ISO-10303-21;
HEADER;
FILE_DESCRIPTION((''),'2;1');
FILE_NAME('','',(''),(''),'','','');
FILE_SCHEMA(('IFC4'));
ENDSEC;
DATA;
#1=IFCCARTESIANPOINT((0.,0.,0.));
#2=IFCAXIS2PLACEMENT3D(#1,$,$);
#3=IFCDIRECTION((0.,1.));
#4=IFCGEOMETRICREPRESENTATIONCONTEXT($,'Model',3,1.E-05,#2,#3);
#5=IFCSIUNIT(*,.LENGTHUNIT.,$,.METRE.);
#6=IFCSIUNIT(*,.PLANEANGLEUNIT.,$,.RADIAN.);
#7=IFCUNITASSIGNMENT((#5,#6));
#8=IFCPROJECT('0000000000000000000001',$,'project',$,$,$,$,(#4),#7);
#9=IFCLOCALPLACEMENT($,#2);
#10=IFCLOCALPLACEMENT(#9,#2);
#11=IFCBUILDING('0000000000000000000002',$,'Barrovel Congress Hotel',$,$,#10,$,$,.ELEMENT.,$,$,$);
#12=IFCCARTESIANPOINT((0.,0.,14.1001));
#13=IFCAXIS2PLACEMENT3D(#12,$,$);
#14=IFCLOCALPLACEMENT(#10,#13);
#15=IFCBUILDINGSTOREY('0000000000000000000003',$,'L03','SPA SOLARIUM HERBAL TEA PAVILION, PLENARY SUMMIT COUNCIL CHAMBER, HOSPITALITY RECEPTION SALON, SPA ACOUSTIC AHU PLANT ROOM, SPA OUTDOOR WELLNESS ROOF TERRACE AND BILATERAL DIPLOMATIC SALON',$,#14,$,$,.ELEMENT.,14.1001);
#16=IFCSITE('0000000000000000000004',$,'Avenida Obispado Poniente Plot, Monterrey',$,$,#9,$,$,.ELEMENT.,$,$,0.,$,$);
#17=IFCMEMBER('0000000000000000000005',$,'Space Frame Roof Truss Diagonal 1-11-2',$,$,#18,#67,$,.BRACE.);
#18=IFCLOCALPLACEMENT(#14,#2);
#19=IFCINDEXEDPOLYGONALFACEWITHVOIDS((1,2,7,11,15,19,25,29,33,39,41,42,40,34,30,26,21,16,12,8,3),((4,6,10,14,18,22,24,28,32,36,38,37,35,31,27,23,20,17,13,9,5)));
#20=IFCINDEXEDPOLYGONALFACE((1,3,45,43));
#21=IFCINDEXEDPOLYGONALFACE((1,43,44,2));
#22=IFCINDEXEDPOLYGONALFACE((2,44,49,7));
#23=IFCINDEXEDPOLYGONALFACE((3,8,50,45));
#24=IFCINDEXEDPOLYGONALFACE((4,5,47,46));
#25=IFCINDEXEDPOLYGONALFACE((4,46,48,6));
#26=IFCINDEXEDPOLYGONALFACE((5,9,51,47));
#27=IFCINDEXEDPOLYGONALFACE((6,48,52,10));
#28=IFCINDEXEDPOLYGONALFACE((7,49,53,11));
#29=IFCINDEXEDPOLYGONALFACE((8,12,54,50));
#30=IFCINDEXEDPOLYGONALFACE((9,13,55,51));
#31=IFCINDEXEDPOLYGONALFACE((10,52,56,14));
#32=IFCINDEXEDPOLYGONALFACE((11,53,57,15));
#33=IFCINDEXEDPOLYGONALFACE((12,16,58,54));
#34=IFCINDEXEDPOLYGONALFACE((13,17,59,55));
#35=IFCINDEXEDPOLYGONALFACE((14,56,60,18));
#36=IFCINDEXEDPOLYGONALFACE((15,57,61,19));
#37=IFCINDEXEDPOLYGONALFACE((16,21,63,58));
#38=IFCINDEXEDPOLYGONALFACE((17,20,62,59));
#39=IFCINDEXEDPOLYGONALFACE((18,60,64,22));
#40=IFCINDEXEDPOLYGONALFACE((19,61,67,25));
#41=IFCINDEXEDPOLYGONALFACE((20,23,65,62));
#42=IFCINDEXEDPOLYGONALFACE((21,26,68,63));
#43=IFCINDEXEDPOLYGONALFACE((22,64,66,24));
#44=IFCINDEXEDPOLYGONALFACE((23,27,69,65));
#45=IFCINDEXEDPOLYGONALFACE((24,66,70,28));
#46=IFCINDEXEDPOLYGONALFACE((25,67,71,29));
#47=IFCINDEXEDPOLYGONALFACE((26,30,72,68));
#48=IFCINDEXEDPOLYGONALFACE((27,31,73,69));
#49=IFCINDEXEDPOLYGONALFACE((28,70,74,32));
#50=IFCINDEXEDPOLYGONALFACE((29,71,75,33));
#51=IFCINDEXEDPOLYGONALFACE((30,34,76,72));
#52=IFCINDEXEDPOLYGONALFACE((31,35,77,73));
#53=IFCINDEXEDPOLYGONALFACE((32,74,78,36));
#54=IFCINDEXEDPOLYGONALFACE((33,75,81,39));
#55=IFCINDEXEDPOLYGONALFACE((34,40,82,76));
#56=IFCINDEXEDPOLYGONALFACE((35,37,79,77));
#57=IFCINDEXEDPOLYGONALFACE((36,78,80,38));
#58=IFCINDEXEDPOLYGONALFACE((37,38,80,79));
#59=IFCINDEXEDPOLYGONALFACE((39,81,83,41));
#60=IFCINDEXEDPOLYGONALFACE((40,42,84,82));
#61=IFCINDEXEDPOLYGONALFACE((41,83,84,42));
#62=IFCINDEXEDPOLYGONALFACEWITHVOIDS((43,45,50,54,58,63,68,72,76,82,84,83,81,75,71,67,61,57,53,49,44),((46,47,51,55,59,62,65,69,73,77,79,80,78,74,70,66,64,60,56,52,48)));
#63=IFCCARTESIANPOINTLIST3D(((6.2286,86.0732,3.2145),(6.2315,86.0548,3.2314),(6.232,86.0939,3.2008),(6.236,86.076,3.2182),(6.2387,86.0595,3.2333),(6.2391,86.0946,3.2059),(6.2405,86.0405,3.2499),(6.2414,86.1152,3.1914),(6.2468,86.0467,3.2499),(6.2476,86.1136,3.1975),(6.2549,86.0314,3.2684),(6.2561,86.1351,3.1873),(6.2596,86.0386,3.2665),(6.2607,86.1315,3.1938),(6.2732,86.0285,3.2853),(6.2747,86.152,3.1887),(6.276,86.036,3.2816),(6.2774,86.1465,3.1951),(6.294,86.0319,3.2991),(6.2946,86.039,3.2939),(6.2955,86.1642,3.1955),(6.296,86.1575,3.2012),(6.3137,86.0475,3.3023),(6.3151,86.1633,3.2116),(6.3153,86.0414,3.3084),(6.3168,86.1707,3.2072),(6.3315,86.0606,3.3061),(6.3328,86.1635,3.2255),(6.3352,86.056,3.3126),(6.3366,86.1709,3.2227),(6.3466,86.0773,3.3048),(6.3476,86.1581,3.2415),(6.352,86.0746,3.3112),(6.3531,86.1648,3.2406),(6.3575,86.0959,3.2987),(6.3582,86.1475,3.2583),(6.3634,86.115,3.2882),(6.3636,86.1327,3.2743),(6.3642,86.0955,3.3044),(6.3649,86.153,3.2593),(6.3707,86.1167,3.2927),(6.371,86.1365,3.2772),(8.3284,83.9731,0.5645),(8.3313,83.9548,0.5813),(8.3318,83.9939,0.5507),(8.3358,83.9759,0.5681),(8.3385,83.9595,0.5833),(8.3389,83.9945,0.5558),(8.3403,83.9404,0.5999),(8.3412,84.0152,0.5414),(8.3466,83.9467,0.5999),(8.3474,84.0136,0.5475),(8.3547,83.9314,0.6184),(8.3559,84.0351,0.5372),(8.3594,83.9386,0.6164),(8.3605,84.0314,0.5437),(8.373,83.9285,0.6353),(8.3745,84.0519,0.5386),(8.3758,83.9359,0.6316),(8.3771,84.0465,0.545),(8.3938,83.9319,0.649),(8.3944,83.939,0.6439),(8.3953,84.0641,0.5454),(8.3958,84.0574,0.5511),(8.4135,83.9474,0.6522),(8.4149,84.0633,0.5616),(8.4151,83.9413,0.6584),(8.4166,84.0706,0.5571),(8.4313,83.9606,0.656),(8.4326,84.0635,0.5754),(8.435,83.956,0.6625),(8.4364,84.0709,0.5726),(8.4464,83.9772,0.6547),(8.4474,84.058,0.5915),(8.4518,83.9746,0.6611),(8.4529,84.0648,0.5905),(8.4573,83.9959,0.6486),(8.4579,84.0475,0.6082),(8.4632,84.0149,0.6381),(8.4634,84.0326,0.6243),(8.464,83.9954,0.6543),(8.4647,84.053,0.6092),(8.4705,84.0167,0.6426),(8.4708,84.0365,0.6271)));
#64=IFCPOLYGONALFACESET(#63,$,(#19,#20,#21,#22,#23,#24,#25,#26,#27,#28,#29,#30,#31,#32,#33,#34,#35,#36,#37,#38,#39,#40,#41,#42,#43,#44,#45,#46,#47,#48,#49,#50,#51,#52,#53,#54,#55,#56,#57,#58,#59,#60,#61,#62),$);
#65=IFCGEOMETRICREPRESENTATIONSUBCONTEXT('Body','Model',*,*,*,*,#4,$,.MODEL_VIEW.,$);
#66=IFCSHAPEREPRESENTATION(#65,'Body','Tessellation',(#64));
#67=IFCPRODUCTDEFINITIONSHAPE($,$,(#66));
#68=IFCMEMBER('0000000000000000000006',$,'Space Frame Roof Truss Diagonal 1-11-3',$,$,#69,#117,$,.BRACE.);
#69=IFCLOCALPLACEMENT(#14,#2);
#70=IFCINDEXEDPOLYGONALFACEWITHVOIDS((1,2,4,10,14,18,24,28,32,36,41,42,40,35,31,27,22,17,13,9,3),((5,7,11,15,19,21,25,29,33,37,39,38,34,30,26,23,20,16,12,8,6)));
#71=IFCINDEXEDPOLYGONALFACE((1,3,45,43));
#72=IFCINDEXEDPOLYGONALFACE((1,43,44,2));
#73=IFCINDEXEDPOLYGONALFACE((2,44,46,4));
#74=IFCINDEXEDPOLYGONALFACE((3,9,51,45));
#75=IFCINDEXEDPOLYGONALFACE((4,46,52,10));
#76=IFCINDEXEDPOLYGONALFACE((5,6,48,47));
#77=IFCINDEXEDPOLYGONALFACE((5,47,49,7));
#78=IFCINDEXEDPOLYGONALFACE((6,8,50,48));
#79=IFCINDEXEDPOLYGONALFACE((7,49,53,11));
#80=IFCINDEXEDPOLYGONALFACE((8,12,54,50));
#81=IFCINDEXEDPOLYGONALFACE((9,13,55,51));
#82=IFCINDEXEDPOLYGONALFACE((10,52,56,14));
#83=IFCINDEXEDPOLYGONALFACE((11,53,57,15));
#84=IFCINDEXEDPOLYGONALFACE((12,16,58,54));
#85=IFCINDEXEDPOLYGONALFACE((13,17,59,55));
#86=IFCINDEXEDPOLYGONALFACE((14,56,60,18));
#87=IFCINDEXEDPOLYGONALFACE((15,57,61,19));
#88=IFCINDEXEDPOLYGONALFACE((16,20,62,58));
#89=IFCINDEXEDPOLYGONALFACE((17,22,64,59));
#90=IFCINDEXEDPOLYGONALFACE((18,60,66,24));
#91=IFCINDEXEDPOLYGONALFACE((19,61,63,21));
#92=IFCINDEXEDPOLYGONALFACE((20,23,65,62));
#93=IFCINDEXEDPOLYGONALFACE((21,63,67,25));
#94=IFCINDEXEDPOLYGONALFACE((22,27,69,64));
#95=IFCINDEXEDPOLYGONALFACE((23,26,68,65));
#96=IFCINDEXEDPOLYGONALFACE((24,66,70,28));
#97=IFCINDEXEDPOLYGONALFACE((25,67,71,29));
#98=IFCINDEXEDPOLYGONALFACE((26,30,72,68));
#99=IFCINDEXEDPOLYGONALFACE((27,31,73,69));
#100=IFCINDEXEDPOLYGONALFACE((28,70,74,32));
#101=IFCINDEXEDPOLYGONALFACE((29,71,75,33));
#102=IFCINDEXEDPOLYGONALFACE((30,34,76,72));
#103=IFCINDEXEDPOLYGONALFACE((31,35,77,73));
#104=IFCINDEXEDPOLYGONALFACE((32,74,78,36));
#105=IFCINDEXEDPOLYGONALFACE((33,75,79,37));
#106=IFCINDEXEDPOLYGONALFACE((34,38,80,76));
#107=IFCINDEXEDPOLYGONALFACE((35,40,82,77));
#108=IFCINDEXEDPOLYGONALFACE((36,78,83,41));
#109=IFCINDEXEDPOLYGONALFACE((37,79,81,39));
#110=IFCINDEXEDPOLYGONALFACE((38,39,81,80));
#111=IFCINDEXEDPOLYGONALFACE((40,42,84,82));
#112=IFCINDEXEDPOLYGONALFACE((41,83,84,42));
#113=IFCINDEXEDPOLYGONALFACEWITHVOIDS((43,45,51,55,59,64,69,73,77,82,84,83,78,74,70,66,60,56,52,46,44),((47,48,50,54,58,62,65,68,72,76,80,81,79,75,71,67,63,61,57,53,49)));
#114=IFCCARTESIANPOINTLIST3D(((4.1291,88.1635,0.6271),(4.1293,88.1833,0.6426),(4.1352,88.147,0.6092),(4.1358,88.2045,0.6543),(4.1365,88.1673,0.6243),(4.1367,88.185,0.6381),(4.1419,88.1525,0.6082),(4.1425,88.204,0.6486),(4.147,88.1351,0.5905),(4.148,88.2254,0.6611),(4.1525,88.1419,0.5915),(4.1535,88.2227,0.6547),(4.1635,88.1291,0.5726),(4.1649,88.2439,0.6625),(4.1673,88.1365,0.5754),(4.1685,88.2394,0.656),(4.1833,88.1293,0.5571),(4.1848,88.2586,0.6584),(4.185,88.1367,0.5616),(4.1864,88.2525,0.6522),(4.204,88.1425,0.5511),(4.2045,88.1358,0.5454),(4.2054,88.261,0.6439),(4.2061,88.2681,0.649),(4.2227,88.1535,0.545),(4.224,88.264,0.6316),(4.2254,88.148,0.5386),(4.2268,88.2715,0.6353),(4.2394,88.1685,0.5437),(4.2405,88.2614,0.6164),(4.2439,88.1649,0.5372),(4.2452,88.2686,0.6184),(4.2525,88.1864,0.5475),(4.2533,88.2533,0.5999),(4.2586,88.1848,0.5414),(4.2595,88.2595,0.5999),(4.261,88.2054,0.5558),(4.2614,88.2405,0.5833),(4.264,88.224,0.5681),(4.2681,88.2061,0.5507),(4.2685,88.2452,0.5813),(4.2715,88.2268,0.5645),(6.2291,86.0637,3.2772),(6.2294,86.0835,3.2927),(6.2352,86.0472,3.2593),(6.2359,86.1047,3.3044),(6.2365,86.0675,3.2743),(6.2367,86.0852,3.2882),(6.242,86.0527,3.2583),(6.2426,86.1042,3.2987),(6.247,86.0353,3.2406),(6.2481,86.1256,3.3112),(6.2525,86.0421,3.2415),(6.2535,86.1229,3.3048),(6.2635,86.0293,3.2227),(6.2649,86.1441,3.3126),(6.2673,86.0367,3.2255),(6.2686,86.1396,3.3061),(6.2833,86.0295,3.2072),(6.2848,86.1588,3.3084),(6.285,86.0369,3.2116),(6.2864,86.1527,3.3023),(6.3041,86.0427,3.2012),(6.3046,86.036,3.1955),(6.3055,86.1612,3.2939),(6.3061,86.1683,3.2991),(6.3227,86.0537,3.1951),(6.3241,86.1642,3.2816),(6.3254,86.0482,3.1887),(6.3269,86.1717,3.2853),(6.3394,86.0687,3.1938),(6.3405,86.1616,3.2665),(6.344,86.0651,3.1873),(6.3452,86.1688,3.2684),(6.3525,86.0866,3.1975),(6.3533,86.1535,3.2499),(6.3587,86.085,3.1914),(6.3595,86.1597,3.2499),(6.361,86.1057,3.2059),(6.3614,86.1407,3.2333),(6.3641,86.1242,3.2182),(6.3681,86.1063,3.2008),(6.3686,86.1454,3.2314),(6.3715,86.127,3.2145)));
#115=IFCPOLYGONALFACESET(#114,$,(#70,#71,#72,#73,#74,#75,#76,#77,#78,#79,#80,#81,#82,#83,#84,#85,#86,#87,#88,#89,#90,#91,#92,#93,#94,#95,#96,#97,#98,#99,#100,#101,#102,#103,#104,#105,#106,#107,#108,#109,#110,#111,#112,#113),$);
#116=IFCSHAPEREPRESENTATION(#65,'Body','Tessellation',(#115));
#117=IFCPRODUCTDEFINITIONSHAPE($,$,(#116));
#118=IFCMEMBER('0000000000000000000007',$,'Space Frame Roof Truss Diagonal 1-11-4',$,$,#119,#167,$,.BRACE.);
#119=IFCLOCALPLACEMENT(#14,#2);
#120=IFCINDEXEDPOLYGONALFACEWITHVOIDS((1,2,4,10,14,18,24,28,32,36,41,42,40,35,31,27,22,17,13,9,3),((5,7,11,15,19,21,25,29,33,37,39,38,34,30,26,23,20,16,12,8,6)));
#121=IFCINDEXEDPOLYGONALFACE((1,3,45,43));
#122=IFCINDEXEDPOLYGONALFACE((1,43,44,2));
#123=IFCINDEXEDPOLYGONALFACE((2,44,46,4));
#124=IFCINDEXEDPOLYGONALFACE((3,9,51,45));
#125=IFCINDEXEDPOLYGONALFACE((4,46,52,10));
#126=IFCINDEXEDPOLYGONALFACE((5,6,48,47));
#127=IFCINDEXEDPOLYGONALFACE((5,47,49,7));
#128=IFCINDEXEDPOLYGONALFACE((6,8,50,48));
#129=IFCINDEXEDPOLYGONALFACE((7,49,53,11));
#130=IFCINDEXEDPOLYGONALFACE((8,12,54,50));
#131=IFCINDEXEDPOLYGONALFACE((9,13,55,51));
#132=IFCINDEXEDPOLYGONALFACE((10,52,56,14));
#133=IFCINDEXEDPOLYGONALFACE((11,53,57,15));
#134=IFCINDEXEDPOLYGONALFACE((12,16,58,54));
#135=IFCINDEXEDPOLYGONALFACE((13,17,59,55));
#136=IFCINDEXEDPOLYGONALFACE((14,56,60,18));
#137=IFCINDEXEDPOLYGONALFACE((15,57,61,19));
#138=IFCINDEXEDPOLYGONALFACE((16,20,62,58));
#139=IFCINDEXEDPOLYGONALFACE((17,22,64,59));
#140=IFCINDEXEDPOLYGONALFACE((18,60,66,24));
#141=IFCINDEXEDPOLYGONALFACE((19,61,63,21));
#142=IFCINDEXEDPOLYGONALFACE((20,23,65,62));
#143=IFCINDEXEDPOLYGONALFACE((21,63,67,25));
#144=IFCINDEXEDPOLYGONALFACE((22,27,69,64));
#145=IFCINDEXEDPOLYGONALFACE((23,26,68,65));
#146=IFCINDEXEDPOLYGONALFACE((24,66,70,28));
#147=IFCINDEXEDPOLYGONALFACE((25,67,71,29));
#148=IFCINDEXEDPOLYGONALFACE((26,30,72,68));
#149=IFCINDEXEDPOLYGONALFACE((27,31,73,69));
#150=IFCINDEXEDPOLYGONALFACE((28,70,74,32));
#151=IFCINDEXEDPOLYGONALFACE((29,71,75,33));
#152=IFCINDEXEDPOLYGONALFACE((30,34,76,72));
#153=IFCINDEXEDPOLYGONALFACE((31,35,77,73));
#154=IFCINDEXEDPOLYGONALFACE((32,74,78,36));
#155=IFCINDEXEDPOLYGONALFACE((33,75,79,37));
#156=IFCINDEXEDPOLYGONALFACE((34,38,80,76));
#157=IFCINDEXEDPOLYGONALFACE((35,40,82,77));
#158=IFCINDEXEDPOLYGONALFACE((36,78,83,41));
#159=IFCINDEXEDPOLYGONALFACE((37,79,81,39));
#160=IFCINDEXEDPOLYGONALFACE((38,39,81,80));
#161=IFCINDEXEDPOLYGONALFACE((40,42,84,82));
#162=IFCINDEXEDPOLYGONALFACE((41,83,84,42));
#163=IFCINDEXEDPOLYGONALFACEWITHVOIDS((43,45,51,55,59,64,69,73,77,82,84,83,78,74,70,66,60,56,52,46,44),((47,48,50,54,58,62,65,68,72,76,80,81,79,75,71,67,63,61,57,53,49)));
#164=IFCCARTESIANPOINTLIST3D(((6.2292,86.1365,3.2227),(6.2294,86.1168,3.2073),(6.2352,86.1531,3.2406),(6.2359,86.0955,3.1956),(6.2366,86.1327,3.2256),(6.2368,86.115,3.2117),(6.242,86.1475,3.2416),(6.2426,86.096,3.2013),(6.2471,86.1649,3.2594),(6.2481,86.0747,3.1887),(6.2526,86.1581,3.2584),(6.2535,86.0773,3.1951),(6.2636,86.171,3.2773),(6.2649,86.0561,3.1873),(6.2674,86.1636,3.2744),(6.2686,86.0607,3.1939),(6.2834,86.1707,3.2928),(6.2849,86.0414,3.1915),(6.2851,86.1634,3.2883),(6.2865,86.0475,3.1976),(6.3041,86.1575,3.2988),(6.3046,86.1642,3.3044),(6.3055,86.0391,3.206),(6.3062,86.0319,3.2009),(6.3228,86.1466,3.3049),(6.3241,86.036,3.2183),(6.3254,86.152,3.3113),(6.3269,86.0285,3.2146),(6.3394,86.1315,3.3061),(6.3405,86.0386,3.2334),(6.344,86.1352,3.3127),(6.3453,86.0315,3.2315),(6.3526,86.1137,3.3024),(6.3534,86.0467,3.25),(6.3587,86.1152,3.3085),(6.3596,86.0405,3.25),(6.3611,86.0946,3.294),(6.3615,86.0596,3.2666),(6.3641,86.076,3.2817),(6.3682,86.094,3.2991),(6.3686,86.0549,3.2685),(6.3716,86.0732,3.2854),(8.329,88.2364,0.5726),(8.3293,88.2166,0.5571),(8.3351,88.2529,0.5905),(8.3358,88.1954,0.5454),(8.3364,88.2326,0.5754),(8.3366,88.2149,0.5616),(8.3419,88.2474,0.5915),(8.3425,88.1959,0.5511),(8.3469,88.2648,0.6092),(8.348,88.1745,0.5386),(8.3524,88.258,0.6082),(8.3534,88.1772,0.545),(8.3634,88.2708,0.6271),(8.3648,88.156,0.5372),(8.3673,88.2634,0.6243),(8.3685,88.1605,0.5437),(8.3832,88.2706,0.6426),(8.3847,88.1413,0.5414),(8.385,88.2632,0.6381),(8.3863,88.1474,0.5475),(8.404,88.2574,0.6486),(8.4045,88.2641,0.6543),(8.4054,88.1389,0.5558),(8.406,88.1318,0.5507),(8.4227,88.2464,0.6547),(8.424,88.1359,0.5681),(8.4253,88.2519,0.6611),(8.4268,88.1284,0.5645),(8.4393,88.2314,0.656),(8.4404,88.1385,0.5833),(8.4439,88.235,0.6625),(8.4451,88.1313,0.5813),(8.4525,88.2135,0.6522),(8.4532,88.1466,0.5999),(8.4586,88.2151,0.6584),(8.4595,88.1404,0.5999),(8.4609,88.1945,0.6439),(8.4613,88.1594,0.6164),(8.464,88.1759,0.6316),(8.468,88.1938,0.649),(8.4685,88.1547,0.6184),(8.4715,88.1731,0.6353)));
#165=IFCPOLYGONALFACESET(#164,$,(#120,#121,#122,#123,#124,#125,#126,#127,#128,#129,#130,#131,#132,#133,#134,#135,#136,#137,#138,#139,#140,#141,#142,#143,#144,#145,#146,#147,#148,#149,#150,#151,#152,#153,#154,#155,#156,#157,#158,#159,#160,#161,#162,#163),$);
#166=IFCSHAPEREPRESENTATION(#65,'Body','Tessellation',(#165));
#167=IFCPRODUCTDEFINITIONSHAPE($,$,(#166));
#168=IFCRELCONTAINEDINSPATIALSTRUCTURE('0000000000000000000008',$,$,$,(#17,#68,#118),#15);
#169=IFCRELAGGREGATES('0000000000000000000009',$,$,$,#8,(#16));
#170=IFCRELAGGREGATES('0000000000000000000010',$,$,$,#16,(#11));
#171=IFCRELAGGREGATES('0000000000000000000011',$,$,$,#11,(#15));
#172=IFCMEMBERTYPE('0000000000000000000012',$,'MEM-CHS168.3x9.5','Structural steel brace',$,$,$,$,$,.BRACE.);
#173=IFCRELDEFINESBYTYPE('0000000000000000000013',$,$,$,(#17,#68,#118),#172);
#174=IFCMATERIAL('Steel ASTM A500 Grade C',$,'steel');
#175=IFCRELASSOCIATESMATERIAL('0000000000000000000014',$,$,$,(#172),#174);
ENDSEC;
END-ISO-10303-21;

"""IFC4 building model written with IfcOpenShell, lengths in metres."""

from ifc_helpers import new_model, si_unit, direction, frame, origin, origin_2d, place, context, subcontext, project, spatial, hollow_circle, extrude, material, material_profile, profile_set, type_object, element, save


model = new_model("IFC4")

# Units and contexts
model_context = context("Model", 3, precision=1e-05, world=origin(), true_north=direction((0.0, 1.0)))
body_context = subcontext(model_context, "Body", "Model", "MODEL_VIEW")
ifc_project = project(units=[si_unit("LENGTHUNIT", "METRE"), si_unit("PLANEANGLEUNIT", "RADIAN")], contexts=[model_context])

# Site, building, storey
site_placement = place(None, origin())
site = spatial("IfcSite", under=ifc_project, at=site_placement, Name="Avenida Obispado Poniente Plot, Monterrey", CompositionType="ELEMENT", RefElevation=0.0)
building_placement = place(site_placement, origin())
building = spatial("IfcBuilding", under=site, at=building_placement, Name="Barrovel Congress Hotel", CompositionType="ELEMENT")
storey_placement = place(building_placement, frame((0.0, 0.0, 14.1001)))
storey = spatial("IfcBuildingStorey", under=building, at=storey_placement, Name="L03", Description="SPA SOLARIUM HERBAL TEA PAVILION, PLENARY SUMMIT COUNCIL CHAMBER, HOSPITALITY RECEPTION SALON, SPA ACOUSTIC AHU PLANT ROOM, SPA OUTDOOR WELLNESS ROOF TERRACE AND BILATERAL DIPLOMATIC SALON", CompositionType="ELEMENT", Elevation=14.1001)

# Members
ifc_material_1 = material(Name="Steel ASTM A500 Grade C", Category="steel")
ifc_material_profile_1 = material_profile(ifc_material_1, hollow_circle(Radius=0.0842, WallThickness=0.0088, at=origin_2d()), Name="CHS168.3x9.5")
ifc_profile_set_1 = profile_set([ifc_material_profile_1], Name="Steel ASTM A500 Grade C")
member_type_1 = type_object("IfcMemberType", Name="MEM-CHS168.3x9.5", Description="Structural steel brace", PredefinedType="BRACE", material=ifc_profile_set_1)
for number, where, z_axis, x_axis, name in (
    (1, (8.3999, 84.0, 0.5999), (-0.527557, 0.527618, 0.66581), (-0.707148, -0.707066, 0.0), "Space Frame Roof Truss Diagonal 1-11-2"),
    (2, (4.2, 88.2, 0.5999), (0.527618, -0.527557, 0.66581), (0.707066, 0.707148, 0.0), "Space Frame Roof Truss Diagonal 1-11-3"),
    (3, (8.3999, 88.2, 0.5999), (-0.527574, -0.527574, 0.665831), (0.707107, -0.707107, 0.0), "Space Frame Roof Truss Diagonal 1-11-4"),
):
    element("IfcMember", number, at=place(storey_placement, frame(where, z_axis=z_axis, x_axis=x_axis)), inside=storey, type_object=member_type_1, Name=name, PredefinedType="BRACE", context=body_context, shape_type="SweptSolid", body=[
        extrude(hollow_circle(Radius=0.0842, WallThickness=0.0088, at=origin_2d()), origin(), (0.0, 0.0, 1.0), 3.9802),
    ])

save(model, "model.ifc")
